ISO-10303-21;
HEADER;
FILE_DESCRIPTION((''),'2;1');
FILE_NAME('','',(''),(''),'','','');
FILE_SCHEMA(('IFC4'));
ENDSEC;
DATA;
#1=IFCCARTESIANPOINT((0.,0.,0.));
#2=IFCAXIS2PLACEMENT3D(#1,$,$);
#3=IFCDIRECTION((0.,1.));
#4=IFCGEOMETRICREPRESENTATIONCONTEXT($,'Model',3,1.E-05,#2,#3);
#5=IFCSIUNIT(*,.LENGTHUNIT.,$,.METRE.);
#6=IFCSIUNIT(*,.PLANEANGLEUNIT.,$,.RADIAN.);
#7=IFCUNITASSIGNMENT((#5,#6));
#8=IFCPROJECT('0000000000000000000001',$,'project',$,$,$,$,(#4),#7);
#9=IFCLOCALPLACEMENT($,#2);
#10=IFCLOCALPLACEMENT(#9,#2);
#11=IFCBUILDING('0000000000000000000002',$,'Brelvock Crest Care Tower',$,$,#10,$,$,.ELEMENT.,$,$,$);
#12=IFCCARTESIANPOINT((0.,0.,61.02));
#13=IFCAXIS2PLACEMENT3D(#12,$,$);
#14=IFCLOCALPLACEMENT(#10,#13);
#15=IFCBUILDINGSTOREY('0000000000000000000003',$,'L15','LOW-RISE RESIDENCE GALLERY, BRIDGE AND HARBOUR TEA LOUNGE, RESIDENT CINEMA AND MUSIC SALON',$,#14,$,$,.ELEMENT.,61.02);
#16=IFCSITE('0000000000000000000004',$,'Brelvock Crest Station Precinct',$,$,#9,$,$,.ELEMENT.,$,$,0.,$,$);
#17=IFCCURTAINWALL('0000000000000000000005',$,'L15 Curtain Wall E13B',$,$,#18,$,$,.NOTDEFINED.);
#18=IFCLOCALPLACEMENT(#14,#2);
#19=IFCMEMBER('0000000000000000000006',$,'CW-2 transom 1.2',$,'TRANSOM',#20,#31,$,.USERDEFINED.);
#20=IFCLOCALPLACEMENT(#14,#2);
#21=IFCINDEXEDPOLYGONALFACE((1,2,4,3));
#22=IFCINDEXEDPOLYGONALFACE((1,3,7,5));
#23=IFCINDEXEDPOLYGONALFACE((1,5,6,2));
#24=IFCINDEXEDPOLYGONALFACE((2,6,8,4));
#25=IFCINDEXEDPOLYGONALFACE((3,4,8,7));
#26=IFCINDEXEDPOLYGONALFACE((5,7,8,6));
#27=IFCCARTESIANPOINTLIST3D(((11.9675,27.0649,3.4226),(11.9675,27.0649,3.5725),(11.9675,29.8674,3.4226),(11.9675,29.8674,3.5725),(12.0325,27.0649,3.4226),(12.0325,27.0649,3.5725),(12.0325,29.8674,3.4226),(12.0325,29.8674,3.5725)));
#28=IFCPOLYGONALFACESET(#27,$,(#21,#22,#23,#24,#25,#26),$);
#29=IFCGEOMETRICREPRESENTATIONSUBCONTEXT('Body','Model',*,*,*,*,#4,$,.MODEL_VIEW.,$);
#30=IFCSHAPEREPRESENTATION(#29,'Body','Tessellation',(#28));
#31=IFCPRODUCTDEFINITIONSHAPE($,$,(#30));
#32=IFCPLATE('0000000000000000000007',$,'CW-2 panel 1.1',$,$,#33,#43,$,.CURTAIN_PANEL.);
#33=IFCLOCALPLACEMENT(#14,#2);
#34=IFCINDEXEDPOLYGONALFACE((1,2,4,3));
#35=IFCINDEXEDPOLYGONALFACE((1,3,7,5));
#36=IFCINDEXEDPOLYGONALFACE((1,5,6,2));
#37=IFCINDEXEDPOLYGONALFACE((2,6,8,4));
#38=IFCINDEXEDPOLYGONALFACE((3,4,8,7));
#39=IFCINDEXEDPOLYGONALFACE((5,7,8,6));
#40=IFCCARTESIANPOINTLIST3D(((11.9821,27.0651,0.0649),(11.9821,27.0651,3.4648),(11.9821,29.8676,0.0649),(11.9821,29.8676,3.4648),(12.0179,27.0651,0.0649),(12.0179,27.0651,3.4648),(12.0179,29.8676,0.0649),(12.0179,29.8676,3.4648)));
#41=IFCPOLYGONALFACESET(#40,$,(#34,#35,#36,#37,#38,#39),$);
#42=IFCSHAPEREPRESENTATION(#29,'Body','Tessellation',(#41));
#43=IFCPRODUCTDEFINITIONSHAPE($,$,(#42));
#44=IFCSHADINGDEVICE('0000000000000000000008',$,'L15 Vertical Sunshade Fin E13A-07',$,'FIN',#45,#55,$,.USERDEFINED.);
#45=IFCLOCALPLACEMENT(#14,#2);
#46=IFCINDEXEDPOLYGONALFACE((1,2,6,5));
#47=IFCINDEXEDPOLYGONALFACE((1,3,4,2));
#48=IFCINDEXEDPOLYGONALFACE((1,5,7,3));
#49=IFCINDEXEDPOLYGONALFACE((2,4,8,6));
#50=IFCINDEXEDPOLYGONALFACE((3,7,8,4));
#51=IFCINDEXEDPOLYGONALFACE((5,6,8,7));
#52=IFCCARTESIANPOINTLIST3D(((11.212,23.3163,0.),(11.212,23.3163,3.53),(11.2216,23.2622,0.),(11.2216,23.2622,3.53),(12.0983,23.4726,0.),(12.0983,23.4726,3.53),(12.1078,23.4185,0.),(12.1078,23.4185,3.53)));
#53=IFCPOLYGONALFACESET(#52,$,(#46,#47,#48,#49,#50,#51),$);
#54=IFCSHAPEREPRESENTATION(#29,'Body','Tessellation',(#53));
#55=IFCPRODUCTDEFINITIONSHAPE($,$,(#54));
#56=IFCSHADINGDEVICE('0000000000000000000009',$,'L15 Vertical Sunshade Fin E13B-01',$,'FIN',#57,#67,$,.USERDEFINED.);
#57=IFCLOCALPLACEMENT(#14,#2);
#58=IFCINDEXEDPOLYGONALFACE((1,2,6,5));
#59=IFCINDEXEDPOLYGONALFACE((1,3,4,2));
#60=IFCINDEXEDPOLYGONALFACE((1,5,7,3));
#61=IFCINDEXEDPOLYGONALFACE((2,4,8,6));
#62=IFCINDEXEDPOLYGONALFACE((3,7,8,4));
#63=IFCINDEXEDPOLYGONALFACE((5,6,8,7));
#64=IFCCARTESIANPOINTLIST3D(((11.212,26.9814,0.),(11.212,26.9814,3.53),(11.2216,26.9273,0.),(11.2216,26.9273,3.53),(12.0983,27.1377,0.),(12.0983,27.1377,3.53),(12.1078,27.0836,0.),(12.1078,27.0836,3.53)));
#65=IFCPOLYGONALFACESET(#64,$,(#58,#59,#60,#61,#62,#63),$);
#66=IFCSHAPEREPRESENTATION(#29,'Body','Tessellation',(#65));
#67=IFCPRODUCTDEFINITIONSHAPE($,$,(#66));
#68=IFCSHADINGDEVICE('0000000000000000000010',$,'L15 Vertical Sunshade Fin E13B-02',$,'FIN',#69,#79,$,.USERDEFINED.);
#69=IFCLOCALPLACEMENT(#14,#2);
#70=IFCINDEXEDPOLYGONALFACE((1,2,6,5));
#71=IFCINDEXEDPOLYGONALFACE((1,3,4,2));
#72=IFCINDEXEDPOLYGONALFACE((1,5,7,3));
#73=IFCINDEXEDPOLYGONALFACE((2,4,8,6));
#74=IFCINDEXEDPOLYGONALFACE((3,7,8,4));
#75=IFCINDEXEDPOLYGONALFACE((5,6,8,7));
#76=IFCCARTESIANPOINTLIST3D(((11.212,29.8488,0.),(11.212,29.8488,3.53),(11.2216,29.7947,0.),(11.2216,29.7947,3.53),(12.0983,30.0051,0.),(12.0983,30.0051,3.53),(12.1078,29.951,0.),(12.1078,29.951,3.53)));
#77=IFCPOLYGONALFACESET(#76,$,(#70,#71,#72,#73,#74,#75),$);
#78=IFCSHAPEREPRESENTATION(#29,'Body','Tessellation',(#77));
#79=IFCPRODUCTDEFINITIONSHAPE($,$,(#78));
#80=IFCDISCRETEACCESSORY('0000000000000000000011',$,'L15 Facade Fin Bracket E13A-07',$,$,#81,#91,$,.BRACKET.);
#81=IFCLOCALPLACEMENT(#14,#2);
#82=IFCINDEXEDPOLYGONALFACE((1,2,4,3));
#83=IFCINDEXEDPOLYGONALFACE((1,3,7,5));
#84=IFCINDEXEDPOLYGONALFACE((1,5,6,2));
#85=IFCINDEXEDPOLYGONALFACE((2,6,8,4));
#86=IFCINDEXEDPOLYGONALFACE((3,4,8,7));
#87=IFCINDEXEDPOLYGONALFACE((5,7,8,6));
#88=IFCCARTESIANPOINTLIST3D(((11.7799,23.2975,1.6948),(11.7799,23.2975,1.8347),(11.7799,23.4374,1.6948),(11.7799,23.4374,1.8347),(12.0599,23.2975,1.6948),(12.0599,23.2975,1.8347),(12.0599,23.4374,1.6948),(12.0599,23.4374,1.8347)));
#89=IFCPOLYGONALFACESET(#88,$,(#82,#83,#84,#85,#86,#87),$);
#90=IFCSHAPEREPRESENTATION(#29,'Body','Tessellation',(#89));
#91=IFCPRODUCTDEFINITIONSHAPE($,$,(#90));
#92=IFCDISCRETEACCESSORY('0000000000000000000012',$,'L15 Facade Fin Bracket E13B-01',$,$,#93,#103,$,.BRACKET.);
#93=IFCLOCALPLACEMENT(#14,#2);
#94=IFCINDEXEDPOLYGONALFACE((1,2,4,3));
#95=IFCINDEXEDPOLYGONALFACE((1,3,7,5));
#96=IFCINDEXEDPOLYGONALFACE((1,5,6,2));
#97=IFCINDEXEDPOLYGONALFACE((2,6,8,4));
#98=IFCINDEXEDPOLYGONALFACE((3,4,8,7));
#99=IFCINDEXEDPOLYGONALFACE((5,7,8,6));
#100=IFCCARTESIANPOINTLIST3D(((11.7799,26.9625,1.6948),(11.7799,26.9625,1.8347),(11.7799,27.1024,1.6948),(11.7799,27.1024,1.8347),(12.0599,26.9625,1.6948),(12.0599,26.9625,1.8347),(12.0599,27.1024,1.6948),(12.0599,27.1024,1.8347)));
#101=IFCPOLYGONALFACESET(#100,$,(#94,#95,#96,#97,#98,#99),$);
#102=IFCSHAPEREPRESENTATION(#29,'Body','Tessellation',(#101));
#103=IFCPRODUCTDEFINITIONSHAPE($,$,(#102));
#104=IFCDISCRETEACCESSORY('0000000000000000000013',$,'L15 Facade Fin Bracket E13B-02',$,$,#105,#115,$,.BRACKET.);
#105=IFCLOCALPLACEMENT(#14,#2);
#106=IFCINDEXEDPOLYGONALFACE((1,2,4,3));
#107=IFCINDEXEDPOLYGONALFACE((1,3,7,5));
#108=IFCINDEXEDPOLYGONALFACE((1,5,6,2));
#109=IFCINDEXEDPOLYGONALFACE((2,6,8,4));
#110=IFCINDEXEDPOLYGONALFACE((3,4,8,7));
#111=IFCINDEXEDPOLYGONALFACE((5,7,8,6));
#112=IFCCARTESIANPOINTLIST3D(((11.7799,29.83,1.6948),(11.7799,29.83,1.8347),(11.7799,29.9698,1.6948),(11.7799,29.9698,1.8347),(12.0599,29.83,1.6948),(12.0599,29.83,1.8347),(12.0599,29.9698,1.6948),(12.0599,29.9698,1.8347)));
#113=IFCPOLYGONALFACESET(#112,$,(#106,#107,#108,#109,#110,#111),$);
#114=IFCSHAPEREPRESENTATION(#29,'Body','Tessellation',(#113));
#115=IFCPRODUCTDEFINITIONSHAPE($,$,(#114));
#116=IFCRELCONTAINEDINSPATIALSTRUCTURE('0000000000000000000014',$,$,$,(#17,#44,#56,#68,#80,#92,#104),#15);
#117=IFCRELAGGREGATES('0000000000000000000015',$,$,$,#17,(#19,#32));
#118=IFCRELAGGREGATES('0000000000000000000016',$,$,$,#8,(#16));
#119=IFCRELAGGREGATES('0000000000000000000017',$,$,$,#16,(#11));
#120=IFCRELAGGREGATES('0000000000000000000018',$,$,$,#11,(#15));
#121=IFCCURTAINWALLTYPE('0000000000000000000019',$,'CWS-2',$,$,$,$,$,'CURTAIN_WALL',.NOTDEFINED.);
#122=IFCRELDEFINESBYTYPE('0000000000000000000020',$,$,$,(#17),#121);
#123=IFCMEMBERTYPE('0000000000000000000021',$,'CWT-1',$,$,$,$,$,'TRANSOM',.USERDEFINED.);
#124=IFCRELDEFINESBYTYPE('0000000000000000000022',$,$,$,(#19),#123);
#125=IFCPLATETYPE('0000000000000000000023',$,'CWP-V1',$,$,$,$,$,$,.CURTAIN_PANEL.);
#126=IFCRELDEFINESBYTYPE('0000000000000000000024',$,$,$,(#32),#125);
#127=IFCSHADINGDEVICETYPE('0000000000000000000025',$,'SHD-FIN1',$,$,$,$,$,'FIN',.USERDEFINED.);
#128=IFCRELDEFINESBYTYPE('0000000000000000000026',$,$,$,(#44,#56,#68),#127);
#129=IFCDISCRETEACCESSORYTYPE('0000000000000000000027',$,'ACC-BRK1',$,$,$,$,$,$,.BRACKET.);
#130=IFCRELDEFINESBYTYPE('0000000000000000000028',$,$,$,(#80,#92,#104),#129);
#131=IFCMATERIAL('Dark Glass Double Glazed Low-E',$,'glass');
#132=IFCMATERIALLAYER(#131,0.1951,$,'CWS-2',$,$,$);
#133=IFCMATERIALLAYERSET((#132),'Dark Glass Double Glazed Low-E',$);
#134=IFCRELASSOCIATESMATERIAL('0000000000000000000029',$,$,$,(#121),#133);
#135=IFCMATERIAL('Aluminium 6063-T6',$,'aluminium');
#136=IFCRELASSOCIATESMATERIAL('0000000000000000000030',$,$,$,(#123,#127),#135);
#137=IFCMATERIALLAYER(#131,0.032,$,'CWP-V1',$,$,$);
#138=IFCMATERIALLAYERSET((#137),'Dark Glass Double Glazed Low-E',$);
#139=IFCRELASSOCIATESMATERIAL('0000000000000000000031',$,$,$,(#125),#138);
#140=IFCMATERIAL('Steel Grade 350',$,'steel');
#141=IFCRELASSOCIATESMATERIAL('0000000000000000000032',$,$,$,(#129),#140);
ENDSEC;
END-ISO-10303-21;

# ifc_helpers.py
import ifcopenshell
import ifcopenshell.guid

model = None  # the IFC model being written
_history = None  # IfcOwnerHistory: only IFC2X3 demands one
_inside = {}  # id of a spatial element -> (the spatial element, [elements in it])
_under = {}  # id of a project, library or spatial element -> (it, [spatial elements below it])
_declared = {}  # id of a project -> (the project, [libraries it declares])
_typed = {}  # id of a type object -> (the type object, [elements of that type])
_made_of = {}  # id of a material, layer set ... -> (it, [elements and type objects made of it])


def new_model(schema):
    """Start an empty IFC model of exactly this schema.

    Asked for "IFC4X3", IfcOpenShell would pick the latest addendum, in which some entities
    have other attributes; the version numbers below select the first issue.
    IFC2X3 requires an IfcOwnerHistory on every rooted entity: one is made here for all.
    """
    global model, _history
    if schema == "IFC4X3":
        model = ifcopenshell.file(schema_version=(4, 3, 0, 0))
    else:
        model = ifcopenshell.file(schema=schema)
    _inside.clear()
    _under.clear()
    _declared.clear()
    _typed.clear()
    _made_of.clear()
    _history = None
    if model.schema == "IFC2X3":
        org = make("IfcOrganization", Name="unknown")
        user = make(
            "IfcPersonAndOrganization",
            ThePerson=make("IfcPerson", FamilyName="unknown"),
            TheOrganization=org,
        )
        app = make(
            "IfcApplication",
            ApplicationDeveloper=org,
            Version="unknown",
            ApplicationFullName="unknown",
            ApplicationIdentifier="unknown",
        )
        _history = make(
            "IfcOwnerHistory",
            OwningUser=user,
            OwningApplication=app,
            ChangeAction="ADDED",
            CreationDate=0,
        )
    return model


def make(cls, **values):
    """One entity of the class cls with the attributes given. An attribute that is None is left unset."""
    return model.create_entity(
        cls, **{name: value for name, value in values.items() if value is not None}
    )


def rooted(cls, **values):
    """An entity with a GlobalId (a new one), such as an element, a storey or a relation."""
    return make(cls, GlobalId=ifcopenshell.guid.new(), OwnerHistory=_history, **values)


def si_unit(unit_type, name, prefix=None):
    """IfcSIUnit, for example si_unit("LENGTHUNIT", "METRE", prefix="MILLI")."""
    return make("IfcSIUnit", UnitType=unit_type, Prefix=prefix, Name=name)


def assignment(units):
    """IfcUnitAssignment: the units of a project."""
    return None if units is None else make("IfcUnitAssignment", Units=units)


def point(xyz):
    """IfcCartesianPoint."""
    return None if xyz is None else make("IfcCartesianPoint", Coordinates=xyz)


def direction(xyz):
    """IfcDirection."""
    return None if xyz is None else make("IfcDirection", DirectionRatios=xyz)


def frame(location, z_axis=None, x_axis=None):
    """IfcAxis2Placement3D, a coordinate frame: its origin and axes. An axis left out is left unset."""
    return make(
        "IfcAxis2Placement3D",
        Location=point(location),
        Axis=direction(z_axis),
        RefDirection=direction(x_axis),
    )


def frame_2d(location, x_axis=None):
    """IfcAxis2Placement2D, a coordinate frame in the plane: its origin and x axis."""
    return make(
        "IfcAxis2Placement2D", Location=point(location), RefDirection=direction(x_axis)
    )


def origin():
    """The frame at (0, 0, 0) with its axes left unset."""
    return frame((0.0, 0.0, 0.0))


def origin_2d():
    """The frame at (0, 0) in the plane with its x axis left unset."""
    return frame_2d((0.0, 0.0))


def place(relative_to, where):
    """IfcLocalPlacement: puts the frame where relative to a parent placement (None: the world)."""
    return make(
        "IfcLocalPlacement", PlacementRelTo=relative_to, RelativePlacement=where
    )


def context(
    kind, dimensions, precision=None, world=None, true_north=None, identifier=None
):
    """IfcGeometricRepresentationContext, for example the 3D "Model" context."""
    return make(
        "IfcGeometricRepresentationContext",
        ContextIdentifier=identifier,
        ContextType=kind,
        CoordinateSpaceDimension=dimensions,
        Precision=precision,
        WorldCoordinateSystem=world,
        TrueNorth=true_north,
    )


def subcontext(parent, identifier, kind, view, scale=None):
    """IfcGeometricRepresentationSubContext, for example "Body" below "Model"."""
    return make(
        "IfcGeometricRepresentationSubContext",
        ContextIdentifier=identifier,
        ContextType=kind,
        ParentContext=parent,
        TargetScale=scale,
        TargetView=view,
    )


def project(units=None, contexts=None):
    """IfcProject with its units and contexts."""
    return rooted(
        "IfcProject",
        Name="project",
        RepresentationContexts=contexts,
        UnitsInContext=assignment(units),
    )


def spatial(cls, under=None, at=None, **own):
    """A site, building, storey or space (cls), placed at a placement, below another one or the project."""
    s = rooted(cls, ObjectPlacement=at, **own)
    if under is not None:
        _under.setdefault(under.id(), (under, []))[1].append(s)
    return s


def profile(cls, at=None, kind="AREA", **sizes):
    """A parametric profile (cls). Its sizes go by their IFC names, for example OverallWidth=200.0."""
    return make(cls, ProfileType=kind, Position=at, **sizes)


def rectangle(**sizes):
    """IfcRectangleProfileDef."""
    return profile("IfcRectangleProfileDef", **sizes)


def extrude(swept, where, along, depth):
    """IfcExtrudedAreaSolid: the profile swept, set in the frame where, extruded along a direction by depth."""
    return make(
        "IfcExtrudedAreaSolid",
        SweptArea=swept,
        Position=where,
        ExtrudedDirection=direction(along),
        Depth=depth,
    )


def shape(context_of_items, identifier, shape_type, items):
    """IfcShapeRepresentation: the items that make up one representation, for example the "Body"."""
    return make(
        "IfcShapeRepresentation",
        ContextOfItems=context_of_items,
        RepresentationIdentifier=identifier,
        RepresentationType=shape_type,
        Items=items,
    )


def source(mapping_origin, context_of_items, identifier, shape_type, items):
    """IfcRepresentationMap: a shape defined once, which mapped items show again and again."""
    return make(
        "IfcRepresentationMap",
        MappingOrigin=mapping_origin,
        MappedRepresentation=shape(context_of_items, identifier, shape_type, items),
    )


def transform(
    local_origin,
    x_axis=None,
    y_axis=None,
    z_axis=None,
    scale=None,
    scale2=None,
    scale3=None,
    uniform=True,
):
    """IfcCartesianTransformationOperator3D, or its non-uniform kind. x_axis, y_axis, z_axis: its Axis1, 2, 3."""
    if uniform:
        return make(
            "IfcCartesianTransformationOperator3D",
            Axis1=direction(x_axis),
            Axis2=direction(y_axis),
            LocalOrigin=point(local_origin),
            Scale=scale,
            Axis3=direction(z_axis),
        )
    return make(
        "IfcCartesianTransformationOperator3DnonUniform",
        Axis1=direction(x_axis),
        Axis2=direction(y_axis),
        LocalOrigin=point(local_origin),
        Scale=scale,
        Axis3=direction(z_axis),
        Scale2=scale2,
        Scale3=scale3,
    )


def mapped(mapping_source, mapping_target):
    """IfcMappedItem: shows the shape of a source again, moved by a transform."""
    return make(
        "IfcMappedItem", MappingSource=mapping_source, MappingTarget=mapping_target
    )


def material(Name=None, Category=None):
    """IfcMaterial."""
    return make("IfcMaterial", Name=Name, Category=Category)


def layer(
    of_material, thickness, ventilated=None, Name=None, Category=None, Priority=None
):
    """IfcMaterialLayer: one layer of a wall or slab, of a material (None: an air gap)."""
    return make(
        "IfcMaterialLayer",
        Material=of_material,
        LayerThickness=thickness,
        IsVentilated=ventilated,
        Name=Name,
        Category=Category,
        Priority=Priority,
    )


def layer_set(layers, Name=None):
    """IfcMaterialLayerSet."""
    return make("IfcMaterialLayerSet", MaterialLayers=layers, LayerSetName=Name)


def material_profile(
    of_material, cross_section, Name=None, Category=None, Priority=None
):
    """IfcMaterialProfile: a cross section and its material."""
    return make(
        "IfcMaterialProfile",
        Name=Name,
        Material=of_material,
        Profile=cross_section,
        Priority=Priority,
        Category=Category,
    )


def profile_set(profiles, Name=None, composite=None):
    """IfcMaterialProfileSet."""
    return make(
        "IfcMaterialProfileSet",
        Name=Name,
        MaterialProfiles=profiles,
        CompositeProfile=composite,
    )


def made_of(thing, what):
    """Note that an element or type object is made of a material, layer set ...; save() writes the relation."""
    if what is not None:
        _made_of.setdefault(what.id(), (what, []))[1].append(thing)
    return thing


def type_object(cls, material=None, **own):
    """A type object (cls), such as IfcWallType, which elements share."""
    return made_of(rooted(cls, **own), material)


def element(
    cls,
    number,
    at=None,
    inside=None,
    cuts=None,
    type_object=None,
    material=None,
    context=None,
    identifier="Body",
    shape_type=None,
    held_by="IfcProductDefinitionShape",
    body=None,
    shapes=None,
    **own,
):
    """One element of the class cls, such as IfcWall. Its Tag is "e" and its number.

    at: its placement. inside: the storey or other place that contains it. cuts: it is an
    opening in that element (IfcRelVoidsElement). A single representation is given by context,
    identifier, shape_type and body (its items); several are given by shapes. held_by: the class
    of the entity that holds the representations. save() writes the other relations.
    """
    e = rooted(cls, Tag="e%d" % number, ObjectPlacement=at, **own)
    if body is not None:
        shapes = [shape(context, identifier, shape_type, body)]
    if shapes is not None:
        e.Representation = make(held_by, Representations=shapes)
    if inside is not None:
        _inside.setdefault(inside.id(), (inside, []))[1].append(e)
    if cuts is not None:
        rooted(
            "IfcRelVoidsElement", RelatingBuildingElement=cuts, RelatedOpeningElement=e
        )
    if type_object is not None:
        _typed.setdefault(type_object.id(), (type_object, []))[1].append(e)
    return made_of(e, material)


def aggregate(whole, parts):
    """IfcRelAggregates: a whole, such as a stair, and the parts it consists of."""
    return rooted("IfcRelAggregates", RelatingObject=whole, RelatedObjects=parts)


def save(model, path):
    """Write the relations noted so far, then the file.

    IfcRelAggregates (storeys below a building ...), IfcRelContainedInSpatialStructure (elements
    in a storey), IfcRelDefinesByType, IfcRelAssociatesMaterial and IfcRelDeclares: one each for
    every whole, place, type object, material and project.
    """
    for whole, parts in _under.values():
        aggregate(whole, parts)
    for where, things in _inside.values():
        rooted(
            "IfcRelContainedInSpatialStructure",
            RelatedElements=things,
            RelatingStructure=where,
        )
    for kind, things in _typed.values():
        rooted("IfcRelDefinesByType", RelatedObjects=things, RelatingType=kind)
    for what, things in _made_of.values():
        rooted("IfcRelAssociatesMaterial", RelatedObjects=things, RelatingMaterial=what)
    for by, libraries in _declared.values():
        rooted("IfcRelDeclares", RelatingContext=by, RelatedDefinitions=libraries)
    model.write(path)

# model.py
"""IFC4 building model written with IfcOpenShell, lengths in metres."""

from ifc_helpers import new_model, si_unit, direction, frame, origin, origin_2d, place, context, subcontext, project, spatial, rectangle, extrude, source, transform, mapped, material, layer, layer_set, material_profile, profile_set, type_object, element, aggregate, save


model = new_model("IFC4")

# Units and contexts
model_context = context("Model", 3, precision=1e-05, world=origin(), true_north=direction((0.0, 1.0)))
body_context = subcontext(model_context, "Body", "Model", "MODEL_VIEW")
ifc_project = project(units=[si_unit("LENGTHUNIT", "METRE"), si_unit("PLANEANGLEUNIT", "RADIAN")], contexts=[model_context])

# Site, building, storey
site_placement = place(None, origin())
site = spatial("IfcSite", under=ifc_project, at=site_placement, Name="Brelvock Crest Station Precinct", CompositionType="ELEMENT", RefElevation=0.0)
building_placement = place(site_placement, origin())
building = spatial("IfcBuilding", under=site, at=building_placement, Name="Brelvock Crest Care Tower", CompositionType="ELEMENT")
storey_placement = place(building_placement, frame((0.0, 0.0, 61.02)))
storey = spatial("IfcBuildingStorey", under=building, at=storey_placement, Name="L15", Description="LOW-RISE RESIDENCE GALLERY, BRIDGE AND HARBOUR TEA LOUNGE, RESIDENT CINEMA AND MUSIC SALON", CompositionType="ELEMENT", Elevation=61.02)

# Shared definitions
ifc_material_1 = material(Name="Steel Grade 350", Category="steel")

# Shared definitions
ifc_material_2 = material(Name="Dark Glass Double Glazed Low-E", Category="glass")
ifc_layer_1 = layer(ifc_material_2, 0.1951, Name="CWS-2")
ifc_layer_set_1 = layer_set([ifc_layer_1], Name="Dark Glass Double Glazed Low-E")
curtain_wall_type = type_object("IfcCurtainWallType", Name="CWS-2", ElementType="CURTAIN_WALL", PredefinedType="NOTDEFINED", material=ifc_layer_set_1)
ifc_material_3 = material(Name="Aluminium 6063-T6", Category="aluminium")

# Curtain wall, member, plate
curtain_wall_1_placement = place(storey_placement, origin())
curtain_wall_1 = element("IfcCurtainWall", 1, at=curtain_wall_1_placement, inside=storey, type_object=curtain_wall_type, Name="L15 Curtain Wall E13B", PredefinedType="NOTDEFINED")
ifc_material_profile_1 = material_profile(ifc_material_3, rectangle(XDim=0.0649, YDim=0.1499, at=origin_2d()), Name="ALU65x150")
ifc_profile_set_1 = profile_set([ifc_material_profile_1], Name="Aluminium 6063-T6")
member_type_1 = type_object("IfcMemberType", Name="CWT-1", ElementType="TRANSOM", PredefinedType="USERDEFINED", material=ifc_profile_set_1)
shared_shape_1 = source(origin(), body_context, "Body", "SweptSolid", [
    extrude(rectangle(XDim=0.0649, YDim=0.1499, at=origin_2d()), origin(), (0.0, 0.0, 1.0), 2.8025),
])
member_1_placement = place(storey_placement, frame((12.0, 27.0649, 3.4976), z_axis=(0.0, 1.0, 0.0), x_axis=(-1.0, 0.0, 0.0)))
member_1 = element("IfcMember", 2, at=member_1_placement, type_object=member_type_1, Name="CW-2 transom 1.2", ObjectType="TRANSOM", PredefinedType="USERDEFINED", context=body_context, shape_type="MappedRepresentation", body=[
    mapped(shared_shape_1, transform((0.0, 0.0, 0.0), x_axis=(1.0, 0.0, 0.0), y_axis=(0.0, 1.0, 0.0), z_axis=(0.0, 0.0, 1.0), scale=1.0)),
])
ifc_layer_2 = layer(ifc_material_2, 0.032, Name="CWP-V1")
ifc_layer_set_2 = layer_set([ifc_layer_2], Name="Dark Glass Double Glazed Low-E")
plate_type = type_object("IfcPlateType", Name="CWP-V1", PredefinedType="CURTAIN_PANEL", material=ifc_layer_set_2)
shared_shape_2 = source(origin(), body_context, "Body", "SweptSolid", [
    extrude(rectangle(XDim=2.8025, YDim=0.0359, at=origin_2d()), origin(), (0.0, 0.0, 1.0), 3.3999),
])
plate_placement = place(storey_placement, frame((12.0, 28.4663, 0.0649), z_axis=(0.0, 0.0, 1.0), x_axis=(0.0, 1.0, 0.0)))
plate = element("IfcPlate", 3, at=plate_placement, type_object=plate_type, Name="CW-2 panel 1.1", PredefinedType="CURTAIN_PANEL", context=body_context, shape_type="MappedRepresentation", body=[
    mapped(shared_shape_2, transform((0.0, 0.0, 0.0), x_axis=(1.0, 0.0, 0.0), y_axis=(0.0, 1.0, 0.0), z_axis=(0.0, 0.0, 1.0), scale=1.0)),
])
aggregate(curtain_wall_1, [member_1, plate])

# Shading devices
ifc_material_profile_2 = material_profile(ifc_material_3, rectangle(XDim=0.0549, YDim=0.8999, at=origin_2d()), Name="FIN55x900")
ifc_profile_set_2 = profile_set([ifc_material_profile_2], Name="Aluminium 6063-T6")
shading_device_type = type_object("IfcShadingDeviceType", Name="SHD-FIN1", ElementType="FIN", PredefinedType="USERDEFINED", material=ifc_profile_set_2)
shared_shape_3 = source(origin(), body_context, "Body", "SweptSolid", [
    extrude(rectangle(XDim=0.0549, YDim=0.8999, at=origin_2d()), origin(), (0.0, 0.0, 1.0), 3.53),
])
for number, where, z_axis, x_axis, name in (
    (4, (11.6599, 23.3674, 0.0), (0.0, 0.0, 1.0), (-0.173648, 0.984808, 0.0), "L15 Vertical Sunshade Fin E13A-07"),
    (5, (11.6599, 27.0325, 0.0), (0.0, 0.0, 1.0), (-0.173648, 0.984808, 0.0), "L15 Vertical Sunshade Fin E13B-01"),
    (6, (11.6599, 29.8999, 0.0), (0.0, 0.0, 1.0), (-0.173648, 0.984808, 0.0), "L15 Vertical Sunshade Fin E13B-02"),
):
    element("IfcShadingDevice", number, at=place(storey_placement, frame(where, z_axis=z_axis, x_axis=x_axis)), inside=storey, type_object=shading_device_type, Name=name, ObjectType="FIN", PredefinedType="USERDEFINED", context=body_context, shape_type="MappedRepresentation", body=[
        mapped(shared_shape_3, transform((0.0, 0.0, 0.0), x_axis=(1.0, 0.0, 0.0), y_axis=(0.0, 1.0, 0.0), z_axis=(0.0, 0.0, 1.0), scale=1.0)),
    ])

# Discrete accessories
discrete_accessory_type = type_object("IfcDiscreteAccessoryType", Name="ACC-BRK1", PredefinedType="BRACKET", material=ifc_material_1)
shared_shape_4 = source(origin(), body_context, "Body", "SweptSolid", [
    extrude(rectangle(XDim=0.28, YDim=0.1399, at=origin_2d()), origin(), (0.0, 0.0, 1.0), 0.1399),
])
for number, where, z_axis, x_axis, name in (
    (7, (11.9199, 23.3674, 1.6948), (0.0, 0.0, 1.0), (-1.0, 0.0, 0.0), "L15 Facade Fin Bracket E13A-07"),
    (8, (11.9199, 27.0325, 1.6948), (0.0, 0.0, 1.0), (-1.0, 0.0, 0.0), "L15 Facade Fin Bracket E13B-01"),
    (9, (11.9199, 29.8999, 1.6948), (0.0, 0.0, 1.0), (-1.0, 0.0, 0.0), "L15 Facade Fin Bracket E13B-02"),
):
    element("IfcDiscreteAccessory", number, at=place(storey_placement, frame(where, z_axis=z_axis, x_axis=x_axis)), inside=storey, type_object=discrete_accessory_type, Name=name, PredefinedType="BRACKET", context=body_context, shape_type="MappedRepresentation", body=[
        mapped(shared_shape_4, transform((0.0, 0.0, 0.0), x_axis=(1.0, 0.0, 0.0), y_axis=(0.0, 1.0, 0.0), z_axis=(0.0, 0.0, 1.0), scale=1.0)),
    ])

save(model, "model.ifc")
